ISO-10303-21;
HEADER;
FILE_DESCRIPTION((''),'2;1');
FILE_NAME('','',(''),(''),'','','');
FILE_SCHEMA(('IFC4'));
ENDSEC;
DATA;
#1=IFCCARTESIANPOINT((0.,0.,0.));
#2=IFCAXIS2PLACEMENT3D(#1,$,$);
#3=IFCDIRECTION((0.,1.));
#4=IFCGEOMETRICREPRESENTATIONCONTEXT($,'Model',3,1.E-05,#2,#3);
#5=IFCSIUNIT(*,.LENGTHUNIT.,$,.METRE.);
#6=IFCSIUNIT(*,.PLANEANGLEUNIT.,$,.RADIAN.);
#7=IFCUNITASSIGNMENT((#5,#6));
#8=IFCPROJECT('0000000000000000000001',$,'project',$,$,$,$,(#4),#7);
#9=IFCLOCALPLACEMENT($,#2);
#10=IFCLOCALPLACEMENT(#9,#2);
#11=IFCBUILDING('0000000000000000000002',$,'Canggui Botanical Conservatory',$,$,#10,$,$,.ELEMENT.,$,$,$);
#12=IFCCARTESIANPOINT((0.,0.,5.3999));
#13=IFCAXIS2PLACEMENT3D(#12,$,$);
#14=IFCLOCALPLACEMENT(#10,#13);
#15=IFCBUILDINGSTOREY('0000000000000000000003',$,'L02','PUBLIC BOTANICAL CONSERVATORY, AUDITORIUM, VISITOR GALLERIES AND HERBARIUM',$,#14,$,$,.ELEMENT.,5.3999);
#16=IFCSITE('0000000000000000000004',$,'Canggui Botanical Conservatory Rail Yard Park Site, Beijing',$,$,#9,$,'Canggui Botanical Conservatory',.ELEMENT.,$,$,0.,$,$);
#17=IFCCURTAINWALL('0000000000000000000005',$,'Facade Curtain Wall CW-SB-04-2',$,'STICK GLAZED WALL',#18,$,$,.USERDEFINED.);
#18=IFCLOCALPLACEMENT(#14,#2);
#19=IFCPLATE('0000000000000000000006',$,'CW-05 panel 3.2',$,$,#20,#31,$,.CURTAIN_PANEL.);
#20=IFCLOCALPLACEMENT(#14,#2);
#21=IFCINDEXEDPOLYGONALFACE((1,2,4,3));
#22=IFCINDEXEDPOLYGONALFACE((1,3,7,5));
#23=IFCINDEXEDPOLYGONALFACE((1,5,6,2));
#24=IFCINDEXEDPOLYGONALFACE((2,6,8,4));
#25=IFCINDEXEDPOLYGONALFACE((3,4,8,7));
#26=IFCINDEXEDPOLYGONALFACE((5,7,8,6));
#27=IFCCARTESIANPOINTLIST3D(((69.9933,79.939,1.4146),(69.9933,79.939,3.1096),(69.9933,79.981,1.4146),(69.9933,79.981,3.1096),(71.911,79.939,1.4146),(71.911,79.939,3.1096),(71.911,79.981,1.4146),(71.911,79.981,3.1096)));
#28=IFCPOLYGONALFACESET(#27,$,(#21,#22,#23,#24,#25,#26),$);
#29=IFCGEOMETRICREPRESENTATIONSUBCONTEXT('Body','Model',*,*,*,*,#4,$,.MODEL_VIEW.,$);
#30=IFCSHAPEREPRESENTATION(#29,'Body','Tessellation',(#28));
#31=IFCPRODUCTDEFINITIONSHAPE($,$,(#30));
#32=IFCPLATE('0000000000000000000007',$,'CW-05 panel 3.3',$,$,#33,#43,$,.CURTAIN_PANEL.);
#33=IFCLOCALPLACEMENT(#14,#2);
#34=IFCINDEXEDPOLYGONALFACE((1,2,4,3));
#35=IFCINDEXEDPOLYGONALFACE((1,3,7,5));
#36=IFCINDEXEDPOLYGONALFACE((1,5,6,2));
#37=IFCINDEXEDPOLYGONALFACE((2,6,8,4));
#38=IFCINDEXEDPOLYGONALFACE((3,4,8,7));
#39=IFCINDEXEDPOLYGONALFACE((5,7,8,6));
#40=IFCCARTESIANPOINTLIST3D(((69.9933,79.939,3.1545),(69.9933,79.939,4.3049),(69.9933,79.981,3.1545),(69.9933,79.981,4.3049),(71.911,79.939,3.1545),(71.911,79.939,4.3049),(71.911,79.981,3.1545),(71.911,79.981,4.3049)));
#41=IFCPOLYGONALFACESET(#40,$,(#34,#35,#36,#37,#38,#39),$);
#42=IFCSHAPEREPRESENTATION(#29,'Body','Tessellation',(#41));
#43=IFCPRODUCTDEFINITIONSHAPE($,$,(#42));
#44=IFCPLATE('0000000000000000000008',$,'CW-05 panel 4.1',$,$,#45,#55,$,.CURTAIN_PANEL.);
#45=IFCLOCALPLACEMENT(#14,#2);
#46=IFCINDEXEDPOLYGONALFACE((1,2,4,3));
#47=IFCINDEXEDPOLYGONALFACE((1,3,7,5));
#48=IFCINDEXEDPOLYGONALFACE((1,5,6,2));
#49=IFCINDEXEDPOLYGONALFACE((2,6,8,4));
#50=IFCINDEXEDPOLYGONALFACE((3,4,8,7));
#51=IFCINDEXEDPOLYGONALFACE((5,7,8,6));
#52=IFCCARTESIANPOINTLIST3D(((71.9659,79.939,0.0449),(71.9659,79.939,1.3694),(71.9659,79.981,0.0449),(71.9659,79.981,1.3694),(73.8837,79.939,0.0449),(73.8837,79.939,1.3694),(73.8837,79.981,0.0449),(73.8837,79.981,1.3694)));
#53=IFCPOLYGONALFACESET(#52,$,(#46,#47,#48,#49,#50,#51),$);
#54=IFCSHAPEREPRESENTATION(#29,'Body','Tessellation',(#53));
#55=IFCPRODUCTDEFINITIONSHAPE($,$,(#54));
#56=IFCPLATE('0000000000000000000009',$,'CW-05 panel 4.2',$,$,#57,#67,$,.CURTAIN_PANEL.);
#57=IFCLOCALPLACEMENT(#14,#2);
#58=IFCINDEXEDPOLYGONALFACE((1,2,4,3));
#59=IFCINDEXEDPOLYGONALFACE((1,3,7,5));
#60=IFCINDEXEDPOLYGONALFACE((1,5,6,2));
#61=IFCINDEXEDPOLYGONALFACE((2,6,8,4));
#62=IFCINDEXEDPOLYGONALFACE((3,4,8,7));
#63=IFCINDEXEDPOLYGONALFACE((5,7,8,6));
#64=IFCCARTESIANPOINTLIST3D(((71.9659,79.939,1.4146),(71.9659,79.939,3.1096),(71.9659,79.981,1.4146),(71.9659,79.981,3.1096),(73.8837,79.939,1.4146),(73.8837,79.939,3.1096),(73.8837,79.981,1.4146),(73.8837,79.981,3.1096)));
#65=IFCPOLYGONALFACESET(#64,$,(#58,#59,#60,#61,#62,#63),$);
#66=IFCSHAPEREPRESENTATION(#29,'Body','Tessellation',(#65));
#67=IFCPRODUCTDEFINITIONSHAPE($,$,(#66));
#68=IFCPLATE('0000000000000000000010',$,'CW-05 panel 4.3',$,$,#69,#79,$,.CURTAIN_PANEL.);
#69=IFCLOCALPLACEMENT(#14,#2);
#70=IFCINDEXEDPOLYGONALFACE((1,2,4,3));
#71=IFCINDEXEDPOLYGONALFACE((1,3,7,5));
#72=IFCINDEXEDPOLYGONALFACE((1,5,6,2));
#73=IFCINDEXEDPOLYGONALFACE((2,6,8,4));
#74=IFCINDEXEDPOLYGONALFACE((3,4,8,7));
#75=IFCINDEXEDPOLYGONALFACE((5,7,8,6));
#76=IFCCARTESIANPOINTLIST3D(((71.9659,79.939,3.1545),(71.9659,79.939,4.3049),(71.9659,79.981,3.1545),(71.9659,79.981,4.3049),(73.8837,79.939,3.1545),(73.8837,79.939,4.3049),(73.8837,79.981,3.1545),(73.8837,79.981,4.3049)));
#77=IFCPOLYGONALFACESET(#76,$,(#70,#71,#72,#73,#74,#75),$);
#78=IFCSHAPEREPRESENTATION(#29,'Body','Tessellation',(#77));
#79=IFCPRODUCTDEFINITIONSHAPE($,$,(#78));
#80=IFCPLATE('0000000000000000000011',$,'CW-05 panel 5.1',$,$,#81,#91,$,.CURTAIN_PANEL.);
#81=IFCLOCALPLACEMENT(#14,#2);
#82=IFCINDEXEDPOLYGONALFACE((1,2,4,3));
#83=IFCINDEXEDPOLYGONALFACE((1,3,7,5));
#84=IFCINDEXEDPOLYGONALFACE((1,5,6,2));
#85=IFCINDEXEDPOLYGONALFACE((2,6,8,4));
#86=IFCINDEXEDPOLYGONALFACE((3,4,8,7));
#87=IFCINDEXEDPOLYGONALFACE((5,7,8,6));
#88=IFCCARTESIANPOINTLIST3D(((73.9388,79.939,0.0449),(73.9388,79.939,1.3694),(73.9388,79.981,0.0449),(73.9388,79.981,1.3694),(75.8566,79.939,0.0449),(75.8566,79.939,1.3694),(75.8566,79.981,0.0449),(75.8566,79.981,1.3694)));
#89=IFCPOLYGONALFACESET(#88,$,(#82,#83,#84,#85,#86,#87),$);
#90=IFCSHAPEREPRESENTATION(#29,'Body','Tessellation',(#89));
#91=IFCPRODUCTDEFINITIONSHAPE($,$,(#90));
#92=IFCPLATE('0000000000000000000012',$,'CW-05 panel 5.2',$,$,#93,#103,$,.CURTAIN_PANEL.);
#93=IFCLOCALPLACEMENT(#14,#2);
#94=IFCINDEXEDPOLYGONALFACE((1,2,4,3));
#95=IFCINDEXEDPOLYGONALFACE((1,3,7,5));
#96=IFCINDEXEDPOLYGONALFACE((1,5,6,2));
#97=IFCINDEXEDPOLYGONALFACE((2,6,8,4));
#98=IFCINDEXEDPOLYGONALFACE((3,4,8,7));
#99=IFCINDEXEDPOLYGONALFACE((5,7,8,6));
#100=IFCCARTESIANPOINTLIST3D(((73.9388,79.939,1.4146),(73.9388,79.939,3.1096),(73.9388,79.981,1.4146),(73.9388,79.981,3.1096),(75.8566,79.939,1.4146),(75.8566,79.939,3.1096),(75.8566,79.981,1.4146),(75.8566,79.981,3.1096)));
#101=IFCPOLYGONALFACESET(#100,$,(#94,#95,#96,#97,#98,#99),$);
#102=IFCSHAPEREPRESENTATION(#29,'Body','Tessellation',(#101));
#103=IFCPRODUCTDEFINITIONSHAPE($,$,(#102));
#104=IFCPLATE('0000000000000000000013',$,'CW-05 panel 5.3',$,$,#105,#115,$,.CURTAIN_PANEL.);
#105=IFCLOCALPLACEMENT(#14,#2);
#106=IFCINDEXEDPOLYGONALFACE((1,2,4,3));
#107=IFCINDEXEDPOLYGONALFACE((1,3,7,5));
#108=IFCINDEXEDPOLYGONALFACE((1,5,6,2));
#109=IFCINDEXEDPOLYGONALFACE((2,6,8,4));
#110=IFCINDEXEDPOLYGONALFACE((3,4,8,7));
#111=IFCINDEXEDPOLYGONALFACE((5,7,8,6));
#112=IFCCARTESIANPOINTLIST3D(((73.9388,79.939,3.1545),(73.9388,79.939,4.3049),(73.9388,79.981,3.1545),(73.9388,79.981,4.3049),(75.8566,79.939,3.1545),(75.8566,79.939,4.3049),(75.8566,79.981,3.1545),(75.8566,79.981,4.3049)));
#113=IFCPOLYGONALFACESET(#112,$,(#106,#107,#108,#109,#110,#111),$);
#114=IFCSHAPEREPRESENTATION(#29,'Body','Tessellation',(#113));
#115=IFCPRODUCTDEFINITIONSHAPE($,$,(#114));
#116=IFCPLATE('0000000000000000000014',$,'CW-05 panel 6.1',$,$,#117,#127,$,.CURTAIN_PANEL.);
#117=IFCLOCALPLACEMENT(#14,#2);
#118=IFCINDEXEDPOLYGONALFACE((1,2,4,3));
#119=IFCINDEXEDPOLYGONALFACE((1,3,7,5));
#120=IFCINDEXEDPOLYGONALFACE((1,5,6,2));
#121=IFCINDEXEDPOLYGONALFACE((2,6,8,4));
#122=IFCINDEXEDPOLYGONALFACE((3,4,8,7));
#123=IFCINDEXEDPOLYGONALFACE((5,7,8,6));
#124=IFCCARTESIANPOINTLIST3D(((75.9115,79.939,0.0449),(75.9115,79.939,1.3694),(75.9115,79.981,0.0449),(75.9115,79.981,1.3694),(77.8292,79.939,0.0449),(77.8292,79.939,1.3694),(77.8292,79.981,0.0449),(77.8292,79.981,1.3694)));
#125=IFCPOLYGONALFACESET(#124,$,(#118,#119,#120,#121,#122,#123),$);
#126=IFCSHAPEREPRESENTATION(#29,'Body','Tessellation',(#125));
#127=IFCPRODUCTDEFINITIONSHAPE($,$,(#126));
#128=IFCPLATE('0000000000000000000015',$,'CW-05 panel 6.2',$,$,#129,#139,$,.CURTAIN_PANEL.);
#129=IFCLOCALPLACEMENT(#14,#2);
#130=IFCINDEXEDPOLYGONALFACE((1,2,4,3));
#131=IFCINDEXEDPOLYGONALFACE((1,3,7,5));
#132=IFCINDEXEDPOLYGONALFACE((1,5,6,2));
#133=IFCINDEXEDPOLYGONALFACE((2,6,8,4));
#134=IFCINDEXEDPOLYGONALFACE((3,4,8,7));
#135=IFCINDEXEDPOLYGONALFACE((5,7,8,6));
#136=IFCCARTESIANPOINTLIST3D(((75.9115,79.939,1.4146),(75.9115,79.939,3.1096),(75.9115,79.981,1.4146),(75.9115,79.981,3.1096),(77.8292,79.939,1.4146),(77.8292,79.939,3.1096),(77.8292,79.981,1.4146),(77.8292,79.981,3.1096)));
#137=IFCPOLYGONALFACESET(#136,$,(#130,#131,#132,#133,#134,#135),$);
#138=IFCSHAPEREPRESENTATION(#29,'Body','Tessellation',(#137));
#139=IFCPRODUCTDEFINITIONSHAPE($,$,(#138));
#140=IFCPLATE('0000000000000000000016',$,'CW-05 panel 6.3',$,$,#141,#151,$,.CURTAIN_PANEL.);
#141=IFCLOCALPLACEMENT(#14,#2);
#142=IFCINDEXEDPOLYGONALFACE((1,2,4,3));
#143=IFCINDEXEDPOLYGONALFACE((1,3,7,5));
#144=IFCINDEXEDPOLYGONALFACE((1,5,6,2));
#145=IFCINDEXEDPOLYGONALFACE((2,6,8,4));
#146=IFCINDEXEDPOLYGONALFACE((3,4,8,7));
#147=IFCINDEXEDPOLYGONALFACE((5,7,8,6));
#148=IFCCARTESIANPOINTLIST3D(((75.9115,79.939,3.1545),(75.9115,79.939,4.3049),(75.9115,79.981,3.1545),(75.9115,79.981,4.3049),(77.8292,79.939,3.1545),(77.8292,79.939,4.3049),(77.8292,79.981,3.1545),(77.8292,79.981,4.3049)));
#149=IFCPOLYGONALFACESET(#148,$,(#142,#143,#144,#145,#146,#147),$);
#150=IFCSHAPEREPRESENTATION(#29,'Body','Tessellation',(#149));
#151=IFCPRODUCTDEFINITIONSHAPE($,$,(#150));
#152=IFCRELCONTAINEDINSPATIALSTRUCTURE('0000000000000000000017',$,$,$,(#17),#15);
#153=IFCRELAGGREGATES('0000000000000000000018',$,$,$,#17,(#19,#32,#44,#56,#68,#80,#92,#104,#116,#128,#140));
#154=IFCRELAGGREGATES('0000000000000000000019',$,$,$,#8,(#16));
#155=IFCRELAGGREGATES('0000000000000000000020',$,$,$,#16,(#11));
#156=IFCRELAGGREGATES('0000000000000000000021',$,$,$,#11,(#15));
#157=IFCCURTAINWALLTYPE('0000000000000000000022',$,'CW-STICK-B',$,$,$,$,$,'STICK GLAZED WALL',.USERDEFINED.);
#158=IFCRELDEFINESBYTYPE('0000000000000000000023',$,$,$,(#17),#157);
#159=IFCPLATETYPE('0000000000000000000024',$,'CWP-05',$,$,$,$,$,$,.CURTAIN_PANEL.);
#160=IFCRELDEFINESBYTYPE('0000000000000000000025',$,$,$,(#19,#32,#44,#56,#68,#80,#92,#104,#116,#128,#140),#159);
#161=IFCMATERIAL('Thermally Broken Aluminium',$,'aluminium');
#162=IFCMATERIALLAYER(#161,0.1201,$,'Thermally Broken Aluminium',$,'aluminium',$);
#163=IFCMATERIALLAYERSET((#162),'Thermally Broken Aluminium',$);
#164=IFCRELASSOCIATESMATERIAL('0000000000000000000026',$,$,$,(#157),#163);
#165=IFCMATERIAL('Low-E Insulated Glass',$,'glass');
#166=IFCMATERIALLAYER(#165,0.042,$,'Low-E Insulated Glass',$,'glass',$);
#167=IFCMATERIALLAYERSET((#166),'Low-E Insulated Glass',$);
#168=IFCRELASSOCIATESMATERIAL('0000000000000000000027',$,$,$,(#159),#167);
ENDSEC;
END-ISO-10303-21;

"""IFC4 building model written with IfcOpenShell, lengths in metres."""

from ifc_helpers import new_model, si_unit, direction, frame, origin, origin_2d, place, context, subcontext, project, spatial, rectangle, extrude, material, layer, layer_set, type_object, element, aggregate, save


model = new_model("IFC4")

# Units and contexts
model_context = context("Model", 3, precision=1e-05, world=origin(), true_north=direction((0.0, 1.0)))
body_context = subcontext(model_context, "Body", "Model", "MODEL_VIEW")
ifc_project = project(units=[si_unit("LENGTHUNIT", "METRE"), si_unit("PLANEANGLEUNIT", "RADIAN")], contexts=[model_context])

# Site, building, storey
site_placement = place(None, origin())
site = spatial("IfcSite", under=ifc_project, at=site_placement, Name="Canggui Botanical Conservatory Rail Yard Park Site, Beijing", LongName="Canggui Botanical Conservatory", CompositionType="ELEMENT", RefElevation=0.0)
building_placement = place(site_placement, origin())
building = spatial("IfcBuilding", under=site, at=building_placement, Name="Canggui Botanical Conservatory", CompositionType="ELEMENT")
storey_placement = place(building_placement, frame((0.0, 0.0, 5.3999)))
storey = spatial("IfcBuildingStorey", under=building, at=storey_placement, Name="L02", Description="PUBLIC BOTANICAL CONSERVATORY, AUDITORIUM, VISITOR GALLERIES AND HERBARIUM", CompositionType="ELEMENT", Elevation=5.3999)

# Curtain wall, plates
ifc_material_1 = material(Name="Thermally Broken Aluminium", Category="aluminium")
ifc_layer_1 = layer(ifc_material_1, 0.1201, Name="Thermally Broken Aluminium", Category="aluminium")
ifc_layer_set_1 = layer_set([ifc_layer_1], Name="Thermally Broken Aluminium")
curtain_wall_type = type_object("IfcCurtainWallType", Name="CW-STICK-B", ElementType="STICK GLAZED WALL", PredefinedType="USERDEFINED", material=ifc_layer_set_1)
curtain_wall_placement = place(storey_placement, origin())
curtain_wall = element("IfcCurtainWall", 1, at=curtain_wall_placement, inside=storey, type_object=curtain_wall_type, Name="Facade Curtain Wall CW-SB-04-2", ObjectType="STICK GLAZED WALL", PredefinedType="USERDEFINED")
ifc_material_2 = material(Name="Low-E Insulated Glass", Category="glass")
ifc_layer_2 = layer(ifc_material_2, 0.042, Name="Low-E Insulated Glass", Category="glass")
ifc_layer_set_2 = layer_set([ifc_layer_2], Name="Low-E Insulated Glass")
plate_type = type_object("IfcPlateType", Name="CWP-05", PredefinedType="CURTAIN_PANEL", material=ifc_layer_set_2)
plate_1_placement = place(storey_placement, frame((70.9521, 79.96, 1.4146), z_axis=(0.0, 0.0, 1.0), x_axis=(1.0, 0.0, 0.0)))
plate_1 = element("IfcPlate", 2, at=plate_1_placement, type_object=plate_type, Name="CW-05 panel 3.2", PredefinedType="CURTAIN_PANEL", context=body_context, shape_type="SweptSolid", body=[
    extrude(rectangle(XDim=1.9177, YDim=0.042, at=origin_2d()), origin(), (0.0, 0.0, 1.0), 1.6951),
])
plate_2_placement = place(storey_placement, frame((70.9521, 79.96, 3.1545), z_axis=(0.0, 0.0, 1.0), x_axis=(1.0, 0.0, 0.0)))
plate_2 = element("IfcPlate", 3, at=plate_2_placement, type_object=plate_type, Name="CW-05 panel 3.3", PredefinedType="CURTAIN_PANEL", context=body_context, shape_type="SweptSolid", body=[
    extrude(rectangle(XDim=1.9177, YDim=0.042, at=origin_2d()), origin(), (0.0, 0.0, 1.0), 1.1504),
])
plate_3_placement = place(storey_placement, frame((72.9248, 79.96, 0.0449), z_axis=(0.0, 0.0, 1.0), x_axis=(1.0, 0.0, 0.0)))
plate_3 = element("IfcPlate", 4, at=plate_3_placement, type_object=plate_type, Name="CW-05 panel 4.1", PredefinedType="CURTAIN_PANEL", context=body_context, shape_type="SweptSolid", body=[
    extrude(rectangle(XDim=1.9177, YDim=0.042, at=origin_2d()), origin(), (0.0, 0.0, 1.0), 1.3245),
])
plate_4_placement = place(storey_placement, frame((72.9248, 79.96, 1.4146), z_axis=(0.0, 0.0, 1.0), x_axis=(1.0, 0.0, 0.0)))
plate_4 = element("IfcPlate", 5, at=plate_4_placement, type_object=plate_type, Name="CW-05 panel 4.2", PredefinedType="CURTAIN_PANEL", context=body_context, shape_type="SweptSolid", body=[
    extrude(rectangle(XDim=1.9177, YDim=0.042, at=origin_2d()), origin(), (0.0, 0.0, 1.0), 1.6951),
])
plate_5_placement = place(storey_placement, frame((72.9248, 79.96, 3.1545), z_axis=(0.0, 0.0, 1.0), x_axis=(1.0, 0.0, 0.0)))
plate_5 = element("IfcPlate", 6, at=plate_5_placement, type_object=plate_type, Name="CW-05 panel 4.3", PredefinedType="CURTAIN_PANEL", context=body_context, shape_type="SweptSolid", body=[
    extrude(rectangle(XDim=1.9177, YDim=0.042, at=origin_2d()), origin(), (0.0, 0.0, 1.0), 1.1504),
])
plate_6_placement = place(storey_placement, frame((74.8977, 79.96, 0.0449), z_axis=(0.0, 0.0, 1.0), x_axis=(1.0, 0.0, 0.0)))
plate_6 = element("IfcPlate", 7, at=plate_6_placement, type_object=plate_type, Name="CW-05 panel 5.1", PredefinedType="CURTAIN_PANEL", context=body_context, shape_type="SweptSolid", body=[
    extrude(rectangle(XDim=1.9177, YDim=0.042, at=origin_2d()), origin(), (0.0, 0.0, 1.0), 1.3245),
])
plate_7_placement = place(storey_placement, frame((74.8977, 79.96, 1.4146), z_axis=(0.0, 0.0, 1.0), x_axis=(1.0, 0.0, 0.0)))
plate_7 = element("IfcPlate", 8, at=plate_7_placement, type_object=plate_type, Name="CW-05 panel 5.2", PredefinedType="CURTAIN_PANEL", context=body_context, shape_type="SweptSolid", body=[
    extrude(rectangle(XDim=1.9177, YDim=0.042, at=origin_2d()), origin(), (0.0, 0.0, 1.0), 1.6951),
])
plate_8_placement = place(storey_placement, frame((74.8977, 79.96, 3.1545), z_axis=(0.0, 0.0, 1.0), x_axis=(1.0, 0.0, 0.0)))
plate_8 = element("IfcPlate", 9, at=plate_8_placement, type_object=plate_type, Name="CW-05 panel 5.3", PredefinedType="CURTAIN_PANEL", context=body_context, shape_type="SweptSolid", body=[
    extrude(rectangle(XDim=1.9177, YDim=0.042, at=origin_2d()), origin(), (0.0, 0.0, 1.0), 1.1504),
])
plate_9_placement = place(storey_placement, frame((76.8704, 79.96, 0.0449), z_axis=(0.0, 0.0, 1.0), x_axis=(1.0, 0.0, 0.0)))
plate_9 = element("IfcPlate", 10, at=plate_9_placement, type_object=plate_type, Name="CW-05 panel 6.1", PredefinedType="CURTAIN_PANEL", context=body_context, shape_type="SweptSolid", body=[
    extrude(rectangle(XDim=1.9177, YDim=0.042, at=origin_2d()), origin(), (0.0, 0.0, 1.0), 1.3245),
])
plate_10_placement = place(storey_placement, frame((76.8704, 79.96, 1.4146), z_axis=(0.0, 0.0, 1.0), x_axis=(1.0, 0.0, 0.0)))
plate_10 = element("IfcPlate", 11, at=plate_10_placement, type_object=plate_type, Name="CW-05 panel 6.2", PredefinedType="CURTAIN_PANEL", context=body_context, shape_type="SweptSolid", body=[
    extrude(rectangle(XDim=1.9177, YDim=0.042, at=origin_2d()), origin(), (0.0, 0.0, 1.0), 1.6951),
])
plate_11_placement = place(storey_placement, frame((76.8704, 79.96, 3.1545), z_axis=(0.0, 0.0, 1.0), x_axis=(1.0, 0.0, 0.0)))
plate_11 = element("IfcPlate", 12, at=plate_11_placement, type_object=plate_type, Name="CW-05 panel 6.3", PredefinedType="CURTAIN_PANEL", context=body_context, shape_type="SweptSolid", body=[
    extrude(rectangle(XDim=1.9177, YDim=0.042, at=origin_2d()), origin(), (0.0, 0.0, 1.0), 1.1504),
])
aggregate(curtain_wall, [plate_1, plate_2, plate_3, plate_4, plate_5, plate_6, plate_7, plate_8, plate_9, plate_10, plate_11])

save(model, "model.ifc")
